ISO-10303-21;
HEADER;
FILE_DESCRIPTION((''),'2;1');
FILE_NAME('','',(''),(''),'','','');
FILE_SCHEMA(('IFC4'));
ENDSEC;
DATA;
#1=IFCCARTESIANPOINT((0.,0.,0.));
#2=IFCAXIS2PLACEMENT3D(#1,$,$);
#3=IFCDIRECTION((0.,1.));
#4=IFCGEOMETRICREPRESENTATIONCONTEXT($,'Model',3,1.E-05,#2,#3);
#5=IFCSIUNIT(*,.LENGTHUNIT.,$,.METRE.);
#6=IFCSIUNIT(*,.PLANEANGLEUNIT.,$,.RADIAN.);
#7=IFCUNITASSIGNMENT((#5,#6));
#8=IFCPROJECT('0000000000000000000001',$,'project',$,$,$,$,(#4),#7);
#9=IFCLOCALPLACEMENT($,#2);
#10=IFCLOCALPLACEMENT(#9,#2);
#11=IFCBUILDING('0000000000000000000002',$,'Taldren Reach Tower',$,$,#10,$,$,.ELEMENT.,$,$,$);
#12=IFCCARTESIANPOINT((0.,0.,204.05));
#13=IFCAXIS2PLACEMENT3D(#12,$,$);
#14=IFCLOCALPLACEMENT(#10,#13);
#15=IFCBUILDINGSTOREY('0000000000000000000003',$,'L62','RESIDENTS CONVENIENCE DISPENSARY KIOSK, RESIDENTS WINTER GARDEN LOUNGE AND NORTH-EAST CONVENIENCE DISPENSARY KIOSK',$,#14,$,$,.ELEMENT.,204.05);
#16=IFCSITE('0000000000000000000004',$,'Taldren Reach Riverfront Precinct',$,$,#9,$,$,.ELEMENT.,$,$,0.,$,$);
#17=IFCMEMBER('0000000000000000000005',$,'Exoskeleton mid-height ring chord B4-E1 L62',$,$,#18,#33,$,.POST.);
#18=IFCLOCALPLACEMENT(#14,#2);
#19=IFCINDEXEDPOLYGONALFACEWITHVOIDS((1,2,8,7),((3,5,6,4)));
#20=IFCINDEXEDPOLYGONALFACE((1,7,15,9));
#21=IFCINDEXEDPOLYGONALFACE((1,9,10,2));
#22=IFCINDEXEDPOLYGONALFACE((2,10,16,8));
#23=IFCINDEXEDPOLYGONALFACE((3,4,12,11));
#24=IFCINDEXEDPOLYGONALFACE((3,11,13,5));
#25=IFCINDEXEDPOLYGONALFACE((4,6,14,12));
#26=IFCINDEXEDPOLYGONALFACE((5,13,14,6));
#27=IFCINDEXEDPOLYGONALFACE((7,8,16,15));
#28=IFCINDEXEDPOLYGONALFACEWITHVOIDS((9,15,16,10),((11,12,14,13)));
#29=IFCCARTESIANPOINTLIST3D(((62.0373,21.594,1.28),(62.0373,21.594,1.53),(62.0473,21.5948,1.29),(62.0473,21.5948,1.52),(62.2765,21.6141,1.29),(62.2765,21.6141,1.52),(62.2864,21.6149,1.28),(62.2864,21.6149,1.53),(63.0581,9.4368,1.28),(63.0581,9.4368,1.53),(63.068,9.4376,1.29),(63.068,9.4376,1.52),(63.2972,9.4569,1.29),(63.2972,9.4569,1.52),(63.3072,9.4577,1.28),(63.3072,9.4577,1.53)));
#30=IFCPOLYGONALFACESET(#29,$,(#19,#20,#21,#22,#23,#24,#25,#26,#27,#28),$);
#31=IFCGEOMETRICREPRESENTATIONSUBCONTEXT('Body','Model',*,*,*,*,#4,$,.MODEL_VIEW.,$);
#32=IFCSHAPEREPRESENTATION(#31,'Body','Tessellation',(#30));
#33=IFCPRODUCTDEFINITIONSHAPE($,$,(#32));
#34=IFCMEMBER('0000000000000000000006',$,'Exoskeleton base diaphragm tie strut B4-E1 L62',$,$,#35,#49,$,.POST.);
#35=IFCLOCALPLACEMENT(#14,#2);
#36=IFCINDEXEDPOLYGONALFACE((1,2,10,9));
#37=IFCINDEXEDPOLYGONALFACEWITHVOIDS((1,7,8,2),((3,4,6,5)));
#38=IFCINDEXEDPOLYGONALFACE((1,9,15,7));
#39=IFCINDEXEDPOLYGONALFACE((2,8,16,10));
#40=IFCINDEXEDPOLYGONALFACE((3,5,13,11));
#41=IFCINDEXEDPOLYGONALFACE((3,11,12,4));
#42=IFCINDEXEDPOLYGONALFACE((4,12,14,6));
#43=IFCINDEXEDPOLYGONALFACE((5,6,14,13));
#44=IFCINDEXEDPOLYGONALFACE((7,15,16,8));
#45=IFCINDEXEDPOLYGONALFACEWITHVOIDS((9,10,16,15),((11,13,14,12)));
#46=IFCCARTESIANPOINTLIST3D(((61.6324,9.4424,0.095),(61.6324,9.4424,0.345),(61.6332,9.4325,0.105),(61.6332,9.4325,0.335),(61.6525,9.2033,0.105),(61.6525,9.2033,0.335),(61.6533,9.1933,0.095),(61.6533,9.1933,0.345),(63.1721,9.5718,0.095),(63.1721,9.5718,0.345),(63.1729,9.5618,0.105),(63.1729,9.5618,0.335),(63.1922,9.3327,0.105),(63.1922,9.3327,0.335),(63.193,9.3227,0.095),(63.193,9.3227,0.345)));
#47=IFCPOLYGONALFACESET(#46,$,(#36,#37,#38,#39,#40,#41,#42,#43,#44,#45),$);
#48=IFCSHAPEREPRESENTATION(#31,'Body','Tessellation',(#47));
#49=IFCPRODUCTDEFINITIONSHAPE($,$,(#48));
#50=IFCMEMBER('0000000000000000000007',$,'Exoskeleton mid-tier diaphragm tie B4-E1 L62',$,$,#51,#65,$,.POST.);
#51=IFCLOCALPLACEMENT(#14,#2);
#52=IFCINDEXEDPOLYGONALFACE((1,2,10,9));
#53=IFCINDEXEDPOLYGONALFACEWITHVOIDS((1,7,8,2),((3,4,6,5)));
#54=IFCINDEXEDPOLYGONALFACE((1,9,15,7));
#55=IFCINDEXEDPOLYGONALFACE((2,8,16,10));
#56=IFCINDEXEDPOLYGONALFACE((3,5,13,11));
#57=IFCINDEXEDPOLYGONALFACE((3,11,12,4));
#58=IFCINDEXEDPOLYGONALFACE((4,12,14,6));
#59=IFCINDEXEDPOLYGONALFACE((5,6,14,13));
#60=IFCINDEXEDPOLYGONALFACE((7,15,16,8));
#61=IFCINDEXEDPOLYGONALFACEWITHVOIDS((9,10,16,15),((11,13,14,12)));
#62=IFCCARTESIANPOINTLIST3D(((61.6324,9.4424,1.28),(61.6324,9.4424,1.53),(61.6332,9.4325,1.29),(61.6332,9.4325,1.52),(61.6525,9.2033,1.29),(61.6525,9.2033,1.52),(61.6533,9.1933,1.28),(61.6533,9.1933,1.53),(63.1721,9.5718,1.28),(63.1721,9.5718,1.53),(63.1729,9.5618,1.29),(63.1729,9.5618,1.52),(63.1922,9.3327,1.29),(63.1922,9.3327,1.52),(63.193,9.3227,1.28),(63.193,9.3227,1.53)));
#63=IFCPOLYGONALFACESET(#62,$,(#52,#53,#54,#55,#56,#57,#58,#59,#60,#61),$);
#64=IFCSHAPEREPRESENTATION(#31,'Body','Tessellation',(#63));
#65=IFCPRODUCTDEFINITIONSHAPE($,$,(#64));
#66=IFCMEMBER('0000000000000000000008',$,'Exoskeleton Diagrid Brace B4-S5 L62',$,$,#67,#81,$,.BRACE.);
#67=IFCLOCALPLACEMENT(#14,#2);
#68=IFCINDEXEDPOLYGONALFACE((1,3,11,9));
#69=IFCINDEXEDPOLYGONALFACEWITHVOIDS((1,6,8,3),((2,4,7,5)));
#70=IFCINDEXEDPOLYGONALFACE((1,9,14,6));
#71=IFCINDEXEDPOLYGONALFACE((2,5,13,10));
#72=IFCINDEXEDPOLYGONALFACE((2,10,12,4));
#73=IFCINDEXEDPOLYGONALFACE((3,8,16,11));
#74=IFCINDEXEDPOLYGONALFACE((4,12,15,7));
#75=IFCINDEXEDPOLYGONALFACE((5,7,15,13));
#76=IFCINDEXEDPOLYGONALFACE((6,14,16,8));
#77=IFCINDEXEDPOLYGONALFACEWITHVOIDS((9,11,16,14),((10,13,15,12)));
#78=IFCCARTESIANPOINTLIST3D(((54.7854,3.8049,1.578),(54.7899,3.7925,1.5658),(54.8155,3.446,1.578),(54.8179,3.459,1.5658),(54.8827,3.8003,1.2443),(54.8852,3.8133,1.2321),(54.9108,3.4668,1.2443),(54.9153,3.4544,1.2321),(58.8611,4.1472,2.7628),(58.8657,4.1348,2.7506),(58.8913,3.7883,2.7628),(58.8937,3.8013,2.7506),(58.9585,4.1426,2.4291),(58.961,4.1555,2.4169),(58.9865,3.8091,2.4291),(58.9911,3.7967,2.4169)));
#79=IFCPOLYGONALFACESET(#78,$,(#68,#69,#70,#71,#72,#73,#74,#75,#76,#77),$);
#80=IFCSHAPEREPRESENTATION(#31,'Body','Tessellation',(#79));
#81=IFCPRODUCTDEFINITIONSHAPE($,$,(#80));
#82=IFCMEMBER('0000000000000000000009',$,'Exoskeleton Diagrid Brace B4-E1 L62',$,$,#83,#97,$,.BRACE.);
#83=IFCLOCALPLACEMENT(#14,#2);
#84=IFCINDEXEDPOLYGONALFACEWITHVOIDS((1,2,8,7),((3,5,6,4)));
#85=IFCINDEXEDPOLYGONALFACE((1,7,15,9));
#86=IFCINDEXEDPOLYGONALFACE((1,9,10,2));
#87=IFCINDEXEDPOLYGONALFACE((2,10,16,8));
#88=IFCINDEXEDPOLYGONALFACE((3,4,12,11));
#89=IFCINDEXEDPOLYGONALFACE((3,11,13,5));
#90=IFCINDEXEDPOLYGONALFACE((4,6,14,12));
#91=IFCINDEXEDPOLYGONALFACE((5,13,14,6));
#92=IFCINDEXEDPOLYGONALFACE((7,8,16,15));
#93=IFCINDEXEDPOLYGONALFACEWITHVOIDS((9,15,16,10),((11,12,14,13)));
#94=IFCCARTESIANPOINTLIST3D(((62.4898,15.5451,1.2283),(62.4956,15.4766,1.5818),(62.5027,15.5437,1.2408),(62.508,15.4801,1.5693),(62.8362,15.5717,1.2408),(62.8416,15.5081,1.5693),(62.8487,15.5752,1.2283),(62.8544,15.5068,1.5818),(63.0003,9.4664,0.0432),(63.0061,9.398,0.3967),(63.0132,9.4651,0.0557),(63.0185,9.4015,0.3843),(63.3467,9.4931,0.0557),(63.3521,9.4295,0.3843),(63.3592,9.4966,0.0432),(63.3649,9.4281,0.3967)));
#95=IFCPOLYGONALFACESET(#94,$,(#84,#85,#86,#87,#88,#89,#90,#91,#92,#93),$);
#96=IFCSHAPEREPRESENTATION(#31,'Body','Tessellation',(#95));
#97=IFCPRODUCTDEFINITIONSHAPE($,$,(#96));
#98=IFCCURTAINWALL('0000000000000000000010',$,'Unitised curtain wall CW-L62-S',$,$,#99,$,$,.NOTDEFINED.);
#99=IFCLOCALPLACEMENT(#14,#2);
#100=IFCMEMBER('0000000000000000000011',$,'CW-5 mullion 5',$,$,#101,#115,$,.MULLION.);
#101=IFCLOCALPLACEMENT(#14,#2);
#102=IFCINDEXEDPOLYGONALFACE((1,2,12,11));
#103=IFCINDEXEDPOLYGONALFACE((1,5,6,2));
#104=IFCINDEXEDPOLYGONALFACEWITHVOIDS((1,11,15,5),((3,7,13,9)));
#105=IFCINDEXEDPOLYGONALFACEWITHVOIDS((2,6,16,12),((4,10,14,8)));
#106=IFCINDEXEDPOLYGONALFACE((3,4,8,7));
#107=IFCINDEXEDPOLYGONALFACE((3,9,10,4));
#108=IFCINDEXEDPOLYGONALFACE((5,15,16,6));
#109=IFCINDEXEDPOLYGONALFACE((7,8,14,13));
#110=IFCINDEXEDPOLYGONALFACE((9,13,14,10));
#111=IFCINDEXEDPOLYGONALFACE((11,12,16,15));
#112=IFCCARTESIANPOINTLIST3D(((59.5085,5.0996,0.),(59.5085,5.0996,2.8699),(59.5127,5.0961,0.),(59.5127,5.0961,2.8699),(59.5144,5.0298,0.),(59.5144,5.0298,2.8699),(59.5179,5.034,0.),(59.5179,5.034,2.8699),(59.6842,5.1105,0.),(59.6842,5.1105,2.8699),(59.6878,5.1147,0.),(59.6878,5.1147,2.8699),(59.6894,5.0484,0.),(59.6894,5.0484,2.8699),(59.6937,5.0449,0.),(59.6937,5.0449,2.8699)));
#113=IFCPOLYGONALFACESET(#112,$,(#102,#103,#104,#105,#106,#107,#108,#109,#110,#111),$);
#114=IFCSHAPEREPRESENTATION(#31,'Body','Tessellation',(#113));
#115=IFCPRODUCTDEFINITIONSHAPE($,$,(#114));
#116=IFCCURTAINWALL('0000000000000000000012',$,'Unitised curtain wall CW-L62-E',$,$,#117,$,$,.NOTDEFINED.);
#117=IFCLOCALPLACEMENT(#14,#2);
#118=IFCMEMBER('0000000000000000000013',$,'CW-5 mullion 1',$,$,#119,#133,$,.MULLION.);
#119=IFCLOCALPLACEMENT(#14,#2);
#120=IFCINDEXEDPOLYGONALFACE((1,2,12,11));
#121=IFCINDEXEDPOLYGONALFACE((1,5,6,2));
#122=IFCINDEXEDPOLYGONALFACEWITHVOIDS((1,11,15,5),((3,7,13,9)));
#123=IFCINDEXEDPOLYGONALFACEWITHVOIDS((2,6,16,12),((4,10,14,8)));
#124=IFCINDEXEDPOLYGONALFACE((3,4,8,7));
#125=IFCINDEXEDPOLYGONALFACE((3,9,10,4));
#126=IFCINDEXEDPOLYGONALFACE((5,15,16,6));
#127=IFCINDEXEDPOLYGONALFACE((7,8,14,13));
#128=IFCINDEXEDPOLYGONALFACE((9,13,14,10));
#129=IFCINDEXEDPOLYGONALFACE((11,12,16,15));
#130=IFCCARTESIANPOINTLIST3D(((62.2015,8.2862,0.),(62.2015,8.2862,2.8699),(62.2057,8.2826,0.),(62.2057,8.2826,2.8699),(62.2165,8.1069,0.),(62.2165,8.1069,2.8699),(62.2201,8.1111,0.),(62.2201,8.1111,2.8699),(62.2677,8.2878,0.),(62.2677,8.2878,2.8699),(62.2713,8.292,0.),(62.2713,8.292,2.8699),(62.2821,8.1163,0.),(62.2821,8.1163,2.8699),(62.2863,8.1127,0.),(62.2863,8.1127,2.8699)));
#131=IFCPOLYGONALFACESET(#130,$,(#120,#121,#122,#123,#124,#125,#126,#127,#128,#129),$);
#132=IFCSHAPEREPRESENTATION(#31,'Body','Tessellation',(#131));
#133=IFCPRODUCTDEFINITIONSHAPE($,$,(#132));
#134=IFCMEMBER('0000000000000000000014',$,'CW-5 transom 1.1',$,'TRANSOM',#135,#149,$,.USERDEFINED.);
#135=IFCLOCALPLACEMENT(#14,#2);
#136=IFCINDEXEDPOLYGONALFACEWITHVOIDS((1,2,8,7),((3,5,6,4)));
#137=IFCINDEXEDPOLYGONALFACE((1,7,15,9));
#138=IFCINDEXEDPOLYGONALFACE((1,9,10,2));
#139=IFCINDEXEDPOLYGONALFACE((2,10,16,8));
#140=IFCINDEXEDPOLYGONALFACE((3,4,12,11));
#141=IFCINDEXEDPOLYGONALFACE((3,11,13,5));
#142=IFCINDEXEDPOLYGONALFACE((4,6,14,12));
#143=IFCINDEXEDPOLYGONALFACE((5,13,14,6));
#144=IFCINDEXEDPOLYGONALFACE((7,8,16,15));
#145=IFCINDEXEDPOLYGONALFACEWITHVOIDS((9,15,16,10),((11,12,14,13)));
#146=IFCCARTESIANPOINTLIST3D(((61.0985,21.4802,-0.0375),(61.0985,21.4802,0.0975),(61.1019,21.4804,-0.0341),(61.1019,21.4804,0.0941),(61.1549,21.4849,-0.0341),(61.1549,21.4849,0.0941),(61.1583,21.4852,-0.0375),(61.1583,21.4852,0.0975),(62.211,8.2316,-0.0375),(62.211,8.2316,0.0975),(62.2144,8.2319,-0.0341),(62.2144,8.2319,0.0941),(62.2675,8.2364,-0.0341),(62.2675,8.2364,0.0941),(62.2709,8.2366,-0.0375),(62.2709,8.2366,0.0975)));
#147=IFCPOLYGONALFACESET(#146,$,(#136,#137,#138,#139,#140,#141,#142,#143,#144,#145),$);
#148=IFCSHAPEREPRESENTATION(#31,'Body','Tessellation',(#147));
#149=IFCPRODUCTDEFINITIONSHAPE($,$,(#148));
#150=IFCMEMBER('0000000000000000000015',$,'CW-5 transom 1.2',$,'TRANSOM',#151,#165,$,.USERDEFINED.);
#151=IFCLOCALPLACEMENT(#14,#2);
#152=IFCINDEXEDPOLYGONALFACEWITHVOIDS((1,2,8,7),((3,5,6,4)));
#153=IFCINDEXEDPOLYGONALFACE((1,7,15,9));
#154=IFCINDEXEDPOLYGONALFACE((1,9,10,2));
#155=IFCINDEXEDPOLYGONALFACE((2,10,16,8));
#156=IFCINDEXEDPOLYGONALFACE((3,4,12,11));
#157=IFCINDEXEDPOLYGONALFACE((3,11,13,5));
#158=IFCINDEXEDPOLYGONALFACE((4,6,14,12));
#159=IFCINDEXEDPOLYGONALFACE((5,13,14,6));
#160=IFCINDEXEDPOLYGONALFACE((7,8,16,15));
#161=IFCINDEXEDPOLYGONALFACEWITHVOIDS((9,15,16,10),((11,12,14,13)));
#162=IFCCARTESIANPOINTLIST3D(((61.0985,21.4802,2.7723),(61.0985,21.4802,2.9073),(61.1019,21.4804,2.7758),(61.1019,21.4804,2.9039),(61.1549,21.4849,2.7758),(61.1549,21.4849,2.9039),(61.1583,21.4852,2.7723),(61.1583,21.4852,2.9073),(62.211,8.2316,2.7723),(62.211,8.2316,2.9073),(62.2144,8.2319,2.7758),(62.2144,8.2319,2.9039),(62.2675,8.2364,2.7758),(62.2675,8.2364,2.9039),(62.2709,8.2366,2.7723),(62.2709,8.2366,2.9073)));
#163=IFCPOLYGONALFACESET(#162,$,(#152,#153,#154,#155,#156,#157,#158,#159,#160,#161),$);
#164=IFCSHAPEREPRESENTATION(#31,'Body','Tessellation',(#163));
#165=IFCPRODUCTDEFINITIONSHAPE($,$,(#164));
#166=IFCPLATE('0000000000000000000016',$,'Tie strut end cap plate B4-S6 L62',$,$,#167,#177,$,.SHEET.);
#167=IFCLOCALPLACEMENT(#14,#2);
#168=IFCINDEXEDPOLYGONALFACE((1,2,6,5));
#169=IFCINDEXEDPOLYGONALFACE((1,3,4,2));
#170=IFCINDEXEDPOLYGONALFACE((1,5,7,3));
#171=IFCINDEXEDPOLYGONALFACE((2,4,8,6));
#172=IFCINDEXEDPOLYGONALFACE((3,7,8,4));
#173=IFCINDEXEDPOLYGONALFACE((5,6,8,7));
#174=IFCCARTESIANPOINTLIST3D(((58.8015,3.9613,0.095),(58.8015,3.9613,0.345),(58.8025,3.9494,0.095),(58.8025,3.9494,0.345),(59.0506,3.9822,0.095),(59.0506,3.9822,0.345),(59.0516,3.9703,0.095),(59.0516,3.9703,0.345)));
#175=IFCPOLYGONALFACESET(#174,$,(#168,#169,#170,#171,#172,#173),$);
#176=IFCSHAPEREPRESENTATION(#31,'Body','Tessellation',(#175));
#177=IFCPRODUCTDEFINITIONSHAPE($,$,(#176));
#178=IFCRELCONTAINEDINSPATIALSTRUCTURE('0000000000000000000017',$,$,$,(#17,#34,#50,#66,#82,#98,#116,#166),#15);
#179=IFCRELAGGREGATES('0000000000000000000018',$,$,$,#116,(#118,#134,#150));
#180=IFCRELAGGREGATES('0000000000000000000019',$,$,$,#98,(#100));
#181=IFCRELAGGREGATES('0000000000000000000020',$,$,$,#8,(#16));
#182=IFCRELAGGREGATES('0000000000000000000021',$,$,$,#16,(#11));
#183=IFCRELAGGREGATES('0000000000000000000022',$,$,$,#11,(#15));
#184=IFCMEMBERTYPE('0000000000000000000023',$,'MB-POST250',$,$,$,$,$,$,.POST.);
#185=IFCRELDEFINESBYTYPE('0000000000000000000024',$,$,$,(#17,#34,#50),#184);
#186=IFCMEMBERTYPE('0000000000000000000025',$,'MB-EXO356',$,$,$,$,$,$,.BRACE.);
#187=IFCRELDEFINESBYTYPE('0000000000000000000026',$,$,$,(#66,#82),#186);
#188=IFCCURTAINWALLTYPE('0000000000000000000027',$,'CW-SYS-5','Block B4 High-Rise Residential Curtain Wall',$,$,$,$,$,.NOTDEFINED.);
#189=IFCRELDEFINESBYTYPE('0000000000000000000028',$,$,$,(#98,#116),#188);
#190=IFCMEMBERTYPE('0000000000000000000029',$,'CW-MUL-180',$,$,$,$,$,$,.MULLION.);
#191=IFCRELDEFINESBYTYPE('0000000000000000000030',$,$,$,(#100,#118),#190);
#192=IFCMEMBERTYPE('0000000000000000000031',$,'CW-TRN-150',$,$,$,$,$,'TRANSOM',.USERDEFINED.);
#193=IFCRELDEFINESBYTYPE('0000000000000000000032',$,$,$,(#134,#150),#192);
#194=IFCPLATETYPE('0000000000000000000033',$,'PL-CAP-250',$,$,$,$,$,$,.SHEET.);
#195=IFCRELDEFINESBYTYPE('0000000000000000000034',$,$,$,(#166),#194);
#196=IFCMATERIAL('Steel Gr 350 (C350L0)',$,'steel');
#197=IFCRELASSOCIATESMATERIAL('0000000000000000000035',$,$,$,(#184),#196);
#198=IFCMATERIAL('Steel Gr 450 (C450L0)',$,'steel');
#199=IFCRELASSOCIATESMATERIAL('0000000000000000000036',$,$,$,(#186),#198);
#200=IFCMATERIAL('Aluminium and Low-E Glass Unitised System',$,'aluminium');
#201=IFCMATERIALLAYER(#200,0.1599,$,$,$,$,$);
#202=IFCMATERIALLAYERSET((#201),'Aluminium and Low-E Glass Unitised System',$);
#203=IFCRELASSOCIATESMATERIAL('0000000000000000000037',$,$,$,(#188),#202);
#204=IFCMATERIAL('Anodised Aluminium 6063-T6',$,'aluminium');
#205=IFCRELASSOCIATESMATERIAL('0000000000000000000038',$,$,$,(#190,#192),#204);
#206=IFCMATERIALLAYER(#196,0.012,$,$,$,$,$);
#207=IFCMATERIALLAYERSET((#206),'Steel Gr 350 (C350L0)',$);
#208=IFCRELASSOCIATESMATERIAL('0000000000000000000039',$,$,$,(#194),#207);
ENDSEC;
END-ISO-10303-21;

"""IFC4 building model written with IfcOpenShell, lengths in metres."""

from ifc_helpers import new_model, si_unit, direction, frame, origin, origin_2d, place, context, subcontext, project, spatial, rectangle, hollow_rectangle, extrude, source, transform, mapped, material, layer, layer_set, material_profile, profile_set, type_object, element, aggregate, save


model = new_model("IFC4")

# Units and contexts
model_context = context("Model", 3, precision=1e-05, world=origin(), true_north=direction((0.0, 1.0)))
body_context = subcontext(model_context, "Body", "Model", "MODEL_VIEW")
ifc_project = project(units=[si_unit("LENGTHUNIT", "METRE"), si_unit("PLANEANGLEUNIT", "RADIAN")], contexts=[model_context])

# Site, building, storey
site_placement = place(None, origin())
site = spatial("IfcSite", under=ifc_project, at=site_placement, Name="Taldren Reach Riverfront Precinct", CompositionType="ELEMENT", RefElevation=0.0)
building_placement = place(site_placement, origin())
building = spatial("IfcBuilding", under=site, at=building_placement, Name="Taldren Reach Tower", CompositionType="ELEMENT")
storey_placement = place(building_placement, frame((0.0, 0.0, 204.05)))
storey = spatial("IfcBuildingStorey", under=building, at=storey_placement, Name="L62", Description="RESIDENTS CONVENIENCE DISPENSARY KIOSK, RESIDENTS WINTER GARDEN LOUNGE AND NORTH-EAST CONVENIENCE DISPENSARY KIOSK", CompositionType="ELEMENT", Elevation=204.05)

# Shared definitions
ifc_material_1 = material(Name="Steel Gr 350 (C350L0)", Category="steel")

# Shared definitions
ifc_material_profile_1 = material_profile(ifc_material_1, hollow_rectangle(XDim=0.25, YDim=0.25, WallThickness=0.01, at=origin_2d()), Name="250x250x10.0SHS")
ifc_profile_set_1 = profile_set([ifc_material_profile_1], Name="Steel Gr 350 (C350L0)")
member_type_1 = type_object("IfcMemberType", Name="MB-POST250", PredefinedType="POST", material=ifc_profile_set_1)

# Members
ifc_material_2 = material(Name="Steel Gr 450 (C450L0)", Category="steel")
shared_shape_1 = source(origin(), body_context, "Body", "SweptSolid", [
    extrude(hollow_rectangle(XDim=0.25, YDim=0.25, WallThickness=0.01, at=origin_2d()), origin(), (0.0, 0.0, 1.0), 12.2),
])
member_1_placement = place(storey_placement, frame((63.1826, 9.4473, 1.405), z_axis=(-0.083668, 0.996494, 0.0), x_axis=(-0.996494, -0.083668, 0.0)))
element("IfcMember", 1, at=member_1_placement, inside=storey, type_object=member_type_1, Name="Exoskeleton mid-height ring chord B4-E1 L62", PredefinedType="POST", context=body_context, shape_type="MappedRepresentation", body=[
    mapped(shared_shape_1, transform((0.0, 0.0, 0.0), scale=1.0)),
])
shared_shape_2 = source(origin(), body_context, "Body", "SweptSolid", [
    extrude(hollow_rectangle(XDim=0.25, YDim=0.25, WallThickness=0.01, at=origin_2d()), origin(), (0.0, 0.0, 1.0), 1.5452),
])
for number, where, z_axis, x_axis, name in (
    (2, (61.6428, 9.3179, 0.22), (0.996488, 0.083738, 0.0), (-0.083738, 0.996488, 0.0), "Exoskeleton base diaphragm tie strut B4-E1 L62"),
    (3, (61.6428, 9.3179, 1.405), (0.996488, 0.083738, 0.0), (-0.083738, 0.996488, 0.0), "Exoskeleton mid-tier diaphragm tie B4-E1 L62"),
):
    element("IfcMember", number, at=place(storey_placement, frame(where, z_axis=z_axis, x_axis=x_axis)), inside=storey, type_object=member_type_1, Name=name, PredefinedType="POST", context=body_context, shape_type="MappedRepresentation", body=[
        mapped(shared_shape_2, transform((0.0, 0.0, 0.0), scale=1.0)),
    ])
ifc_material_profile_2 = material_profile(ifc_material_2, hollow_rectangle(XDim=0.3601, YDim=0.3601, WallThickness=0.0127, at=origin_2d()), Name="360x360x12.7SHS")
ifc_profile_set_2 = profile_set([ifc_material_profile_2], Name="Steel Gr 450 (C450L0)")
member_type_2 = type_object("IfcMemberType", Name="MB-EXO356", PredefinedType="BRACE", material=ifc_profile_set_2)
shared_shape_3 = source(origin(), body_context, "Body", "SweptSolid", [
    extrude(hollow_rectangle(XDim=0.3601, YDim=0.3601, WallThickness=0.0127, at=origin_2d()), origin(), (0.0, 0.0, 1.0), 4.2583),
])
member_2_placement = place(storey_placement, frame((54.8503, 3.6296, 1.405), z_axis=(0.957141, 0.080383, 0.278244), x_axis=(-0.083688, 0.996492, 0.0)))
element("IfcMember", 4, at=member_2_placement, inside=storey, type_object=member_type_2, Name="Exoskeleton Diagrid Brace B4-S5 L62", PredefinedType="BRACE", context=body_context, shape_type="MappedRepresentation", body=[
    mapped(shared_shape_3, transform((0.0, 0.0, 0.0), scale=1.0)),
])
shared_shape_4 = source(origin(), body_context, "Body", "SweptSolid", [
    extrude(hollow_rectangle(XDim=0.3601, YDim=0.3601, WallThickness=0.0127, at=origin_2d()), origin(), (0.0, 0.0, 1.0), 6.2141),
])
member_3_placement = place(storey_placement, frame((63.1826, 9.4473, 0.22), z_axis=(-0.082152, 0.978204, 0.190706), x_axis=(-0.996492, -0.083688, 0.0)))
element("IfcMember", 5, at=member_3_placement, inside=storey, type_object=member_type_2, Name="Exoskeleton Diagrid Brace B4-E1 L62", PredefinedType="BRACE", context=body_context, shape_type="MappedRepresentation", body=[
    mapped(shared_shape_4, transform((0.0, 0.0, 0.0), scale=1.0)),
])

# Curtain wall, member
ifc_material_3 = material(Name="Aluminium and Low-E Glass Unitised System", Category="aluminium")
ifc_layer_1 = layer(ifc_material_3, 0.1599)
ifc_layer_set_1 = layer_set([ifc_layer_1], Name="Aluminium and Low-E Glass Unitised System")
curtain_wall_type = type_object("IfcCurtainWallType", Name="CW-SYS-5", Description="Block B4 High-Rise Residential Curtain Wall", PredefinedType="NOTDEFINED", material=ifc_layer_set_1)
curtain_wall_1_placement = place(storey_placement, origin())
curtain_wall_1 = element("IfcCurtainWall", 6, at=curtain_wall_1_placement, inside=storey, type_object=curtain_wall_type, Name="Unitised curtain wall CW-L62-S", PredefinedType="NOTDEFINED")
ifc_material_4 = material(Name="Anodised Aluminium 6063-T6", Category="aluminium")
ifc_material_profile_3 = material_profile(ifc_material_4, hollow_rectangle(XDim=0.0701, YDim=0.1799, WallThickness=0.0039, at=origin_2d()), Name="ALU-180x70x4RHS")
ifc_profile_set_3 = profile_set([ifc_material_profile_3], Name="Anodised Aluminium 6063-T6")
member_type_3 = type_object("IfcMemberType", Name="CW-MUL-180", PredefinedType="MULLION", material=ifc_profile_set_3)
shared_shape_5 = source(origin(), body_context, "Body", "SweptSolid", [
    extrude(hollow_rectangle(XDim=0.0701, YDim=0.1799, WallThickness=0.0039, at=origin_2d()), origin(), (0.0, 0.0, 1.0), 2.8699),
])
member_4_placement = place(storey_placement, frame((59.6011, 5.0723, 0.0), z_axis=(0.0, 0.0, 1.0), x_axis=(-0.083678, 0.996493, 0.0)))
member_4 = element("IfcMember", 7, at=member_4_placement, type_object=member_type_3, Name="CW-5 mullion 5", PredefinedType="MULLION", context=body_context, shape_type="MappedRepresentation", body=[
    mapped(shared_shape_5, transform((0.0, 0.0, 0.0), scale=1.0)),
])

# Curtain wall, members
curtain_wall_2_placement = place(storey_placement, origin())
curtain_wall_2 = element("IfcCurtainWall", 8, at=curtain_wall_2_placement, inside=storey, type_object=curtain_wall_type, Name="Unitised curtain wall CW-L62-E", PredefinedType="NOTDEFINED")
member_5_placement = place(storey_placement, frame((62.2439, 8.1995, 0.0), z_axis=(0.0, 0.0, 1.0), x_axis=(-0.996493, -0.083678, 0.0)))
member_5 = element("IfcMember", 9, at=member_5_placement, type_object=member_type_3, Name="CW-5 mullion 1", PredefinedType="MULLION", context=body_context, shape_type="MappedRepresentation", body=[
    mapped(shared_shape_5, transform((0.0, 0.0, 0.0), scale=1.0)),
])
ifc_material_profile_4 = material_profile(ifc_material_4, hollow_rectangle(XDim=0.0601, YDim=0.135, WallThickness=0.0034, at=origin_2d()), Name="ALU-135x60x3.5RHS")
ifc_profile_set_4 = profile_set([ifc_material_profile_4], Name="Anodised Aluminium 6063-T6")
member_type_4 = type_object("IfcMemberType", Name="CW-TRN-150", ElementType="TRANSOM", PredefinedType="USERDEFINED", material=ifc_profile_set_4)
shared_shape_6 = source(origin(), body_context, "Body", "SweptSolid", [
    extrude(hollow_rectangle(XDim=0.0601, YDim=0.135, WallThickness=0.0034, at=origin_2d()), origin(), (0.0, 0.0, 1.0), 13.2952),
])
member_6_placement = place(storey_placement, frame((62.241, 8.2341, 0.03), z_axis=(-0.083681, 0.996493, 0.0), x_axis=(-0.996493, -0.083681, 0.0)))
member_6 = element("IfcMember", 10, at=member_6_placement, type_object=member_type_4, Name="CW-5 transom 1.1", ObjectType="TRANSOM", PredefinedType="USERDEFINED", context=body_context, shape_type="MappedRepresentation", body=[
    mapped(shared_shape_6, transform((0.0, 0.0, 0.0), scale=1.0)),
])
member_7_placement = place(storey_placement, frame((62.241, 8.2341, 2.8398), z_axis=(-0.083681, 0.996493, 0.0), x_axis=(-0.996493, -0.083681, 0.0)))
member_7 = element("IfcMember", 11, at=member_7_placement, type_object=member_type_4, Name="CW-5 transom 1.2", ObjectType="TRANSOM", PredefinedType="USERDEFINED", context=body_context, shape_type="MappedRepresentation", body=[
    mapped(shared_shape_6, transform((0.0, 0.0, 0.0), scale=1.0)),
])
aggregate(curtain_wall_2, [member_5, member_6, member_7])

# Plate
ifc_layer_2 = layer(ifc_material_1, 0.012)
ifc_layer_set_2 = layer_set([ifc_layer_2], Name="Steel Gr 350 (C350L0)")
plate_type_1 = type_object("IfcPlateType", Name="PL-CAP-250", PredefinedType="SHEET", material=ifc_layer_set_2)
shared_shape_7 = source(origin(), body_context, "Body", "SweptSolid", [
    extrude(rectangle(XDim=0.25, YDim=0.012, at=origin_2d()), origin(), (0.0, 0.0, 1.0), 0.25),
])
plate_1_placement = place(storey_placement, frame((58.9265, 3.9658, 0.095), z_axis=(0.0, 0.0, 1.0), x_axis=(0.996493, 0.083678, 0.0)))
element("IfcPlate", 12, at=plate_1_placement, inside=storey, type_object=plate_type_1, Name="Tie strut end cap plate B4-S6 L62", PredefinedType="SHEET", context=body_context, shape_type="MappedRepresentation", body=[
    mapped(shared_shape_7, transform((0.0, 0.0, 0.0), scale=1.0)),
])
aggregate(curtain_wall_1, [member_4])

save(model, "model.ifc")
